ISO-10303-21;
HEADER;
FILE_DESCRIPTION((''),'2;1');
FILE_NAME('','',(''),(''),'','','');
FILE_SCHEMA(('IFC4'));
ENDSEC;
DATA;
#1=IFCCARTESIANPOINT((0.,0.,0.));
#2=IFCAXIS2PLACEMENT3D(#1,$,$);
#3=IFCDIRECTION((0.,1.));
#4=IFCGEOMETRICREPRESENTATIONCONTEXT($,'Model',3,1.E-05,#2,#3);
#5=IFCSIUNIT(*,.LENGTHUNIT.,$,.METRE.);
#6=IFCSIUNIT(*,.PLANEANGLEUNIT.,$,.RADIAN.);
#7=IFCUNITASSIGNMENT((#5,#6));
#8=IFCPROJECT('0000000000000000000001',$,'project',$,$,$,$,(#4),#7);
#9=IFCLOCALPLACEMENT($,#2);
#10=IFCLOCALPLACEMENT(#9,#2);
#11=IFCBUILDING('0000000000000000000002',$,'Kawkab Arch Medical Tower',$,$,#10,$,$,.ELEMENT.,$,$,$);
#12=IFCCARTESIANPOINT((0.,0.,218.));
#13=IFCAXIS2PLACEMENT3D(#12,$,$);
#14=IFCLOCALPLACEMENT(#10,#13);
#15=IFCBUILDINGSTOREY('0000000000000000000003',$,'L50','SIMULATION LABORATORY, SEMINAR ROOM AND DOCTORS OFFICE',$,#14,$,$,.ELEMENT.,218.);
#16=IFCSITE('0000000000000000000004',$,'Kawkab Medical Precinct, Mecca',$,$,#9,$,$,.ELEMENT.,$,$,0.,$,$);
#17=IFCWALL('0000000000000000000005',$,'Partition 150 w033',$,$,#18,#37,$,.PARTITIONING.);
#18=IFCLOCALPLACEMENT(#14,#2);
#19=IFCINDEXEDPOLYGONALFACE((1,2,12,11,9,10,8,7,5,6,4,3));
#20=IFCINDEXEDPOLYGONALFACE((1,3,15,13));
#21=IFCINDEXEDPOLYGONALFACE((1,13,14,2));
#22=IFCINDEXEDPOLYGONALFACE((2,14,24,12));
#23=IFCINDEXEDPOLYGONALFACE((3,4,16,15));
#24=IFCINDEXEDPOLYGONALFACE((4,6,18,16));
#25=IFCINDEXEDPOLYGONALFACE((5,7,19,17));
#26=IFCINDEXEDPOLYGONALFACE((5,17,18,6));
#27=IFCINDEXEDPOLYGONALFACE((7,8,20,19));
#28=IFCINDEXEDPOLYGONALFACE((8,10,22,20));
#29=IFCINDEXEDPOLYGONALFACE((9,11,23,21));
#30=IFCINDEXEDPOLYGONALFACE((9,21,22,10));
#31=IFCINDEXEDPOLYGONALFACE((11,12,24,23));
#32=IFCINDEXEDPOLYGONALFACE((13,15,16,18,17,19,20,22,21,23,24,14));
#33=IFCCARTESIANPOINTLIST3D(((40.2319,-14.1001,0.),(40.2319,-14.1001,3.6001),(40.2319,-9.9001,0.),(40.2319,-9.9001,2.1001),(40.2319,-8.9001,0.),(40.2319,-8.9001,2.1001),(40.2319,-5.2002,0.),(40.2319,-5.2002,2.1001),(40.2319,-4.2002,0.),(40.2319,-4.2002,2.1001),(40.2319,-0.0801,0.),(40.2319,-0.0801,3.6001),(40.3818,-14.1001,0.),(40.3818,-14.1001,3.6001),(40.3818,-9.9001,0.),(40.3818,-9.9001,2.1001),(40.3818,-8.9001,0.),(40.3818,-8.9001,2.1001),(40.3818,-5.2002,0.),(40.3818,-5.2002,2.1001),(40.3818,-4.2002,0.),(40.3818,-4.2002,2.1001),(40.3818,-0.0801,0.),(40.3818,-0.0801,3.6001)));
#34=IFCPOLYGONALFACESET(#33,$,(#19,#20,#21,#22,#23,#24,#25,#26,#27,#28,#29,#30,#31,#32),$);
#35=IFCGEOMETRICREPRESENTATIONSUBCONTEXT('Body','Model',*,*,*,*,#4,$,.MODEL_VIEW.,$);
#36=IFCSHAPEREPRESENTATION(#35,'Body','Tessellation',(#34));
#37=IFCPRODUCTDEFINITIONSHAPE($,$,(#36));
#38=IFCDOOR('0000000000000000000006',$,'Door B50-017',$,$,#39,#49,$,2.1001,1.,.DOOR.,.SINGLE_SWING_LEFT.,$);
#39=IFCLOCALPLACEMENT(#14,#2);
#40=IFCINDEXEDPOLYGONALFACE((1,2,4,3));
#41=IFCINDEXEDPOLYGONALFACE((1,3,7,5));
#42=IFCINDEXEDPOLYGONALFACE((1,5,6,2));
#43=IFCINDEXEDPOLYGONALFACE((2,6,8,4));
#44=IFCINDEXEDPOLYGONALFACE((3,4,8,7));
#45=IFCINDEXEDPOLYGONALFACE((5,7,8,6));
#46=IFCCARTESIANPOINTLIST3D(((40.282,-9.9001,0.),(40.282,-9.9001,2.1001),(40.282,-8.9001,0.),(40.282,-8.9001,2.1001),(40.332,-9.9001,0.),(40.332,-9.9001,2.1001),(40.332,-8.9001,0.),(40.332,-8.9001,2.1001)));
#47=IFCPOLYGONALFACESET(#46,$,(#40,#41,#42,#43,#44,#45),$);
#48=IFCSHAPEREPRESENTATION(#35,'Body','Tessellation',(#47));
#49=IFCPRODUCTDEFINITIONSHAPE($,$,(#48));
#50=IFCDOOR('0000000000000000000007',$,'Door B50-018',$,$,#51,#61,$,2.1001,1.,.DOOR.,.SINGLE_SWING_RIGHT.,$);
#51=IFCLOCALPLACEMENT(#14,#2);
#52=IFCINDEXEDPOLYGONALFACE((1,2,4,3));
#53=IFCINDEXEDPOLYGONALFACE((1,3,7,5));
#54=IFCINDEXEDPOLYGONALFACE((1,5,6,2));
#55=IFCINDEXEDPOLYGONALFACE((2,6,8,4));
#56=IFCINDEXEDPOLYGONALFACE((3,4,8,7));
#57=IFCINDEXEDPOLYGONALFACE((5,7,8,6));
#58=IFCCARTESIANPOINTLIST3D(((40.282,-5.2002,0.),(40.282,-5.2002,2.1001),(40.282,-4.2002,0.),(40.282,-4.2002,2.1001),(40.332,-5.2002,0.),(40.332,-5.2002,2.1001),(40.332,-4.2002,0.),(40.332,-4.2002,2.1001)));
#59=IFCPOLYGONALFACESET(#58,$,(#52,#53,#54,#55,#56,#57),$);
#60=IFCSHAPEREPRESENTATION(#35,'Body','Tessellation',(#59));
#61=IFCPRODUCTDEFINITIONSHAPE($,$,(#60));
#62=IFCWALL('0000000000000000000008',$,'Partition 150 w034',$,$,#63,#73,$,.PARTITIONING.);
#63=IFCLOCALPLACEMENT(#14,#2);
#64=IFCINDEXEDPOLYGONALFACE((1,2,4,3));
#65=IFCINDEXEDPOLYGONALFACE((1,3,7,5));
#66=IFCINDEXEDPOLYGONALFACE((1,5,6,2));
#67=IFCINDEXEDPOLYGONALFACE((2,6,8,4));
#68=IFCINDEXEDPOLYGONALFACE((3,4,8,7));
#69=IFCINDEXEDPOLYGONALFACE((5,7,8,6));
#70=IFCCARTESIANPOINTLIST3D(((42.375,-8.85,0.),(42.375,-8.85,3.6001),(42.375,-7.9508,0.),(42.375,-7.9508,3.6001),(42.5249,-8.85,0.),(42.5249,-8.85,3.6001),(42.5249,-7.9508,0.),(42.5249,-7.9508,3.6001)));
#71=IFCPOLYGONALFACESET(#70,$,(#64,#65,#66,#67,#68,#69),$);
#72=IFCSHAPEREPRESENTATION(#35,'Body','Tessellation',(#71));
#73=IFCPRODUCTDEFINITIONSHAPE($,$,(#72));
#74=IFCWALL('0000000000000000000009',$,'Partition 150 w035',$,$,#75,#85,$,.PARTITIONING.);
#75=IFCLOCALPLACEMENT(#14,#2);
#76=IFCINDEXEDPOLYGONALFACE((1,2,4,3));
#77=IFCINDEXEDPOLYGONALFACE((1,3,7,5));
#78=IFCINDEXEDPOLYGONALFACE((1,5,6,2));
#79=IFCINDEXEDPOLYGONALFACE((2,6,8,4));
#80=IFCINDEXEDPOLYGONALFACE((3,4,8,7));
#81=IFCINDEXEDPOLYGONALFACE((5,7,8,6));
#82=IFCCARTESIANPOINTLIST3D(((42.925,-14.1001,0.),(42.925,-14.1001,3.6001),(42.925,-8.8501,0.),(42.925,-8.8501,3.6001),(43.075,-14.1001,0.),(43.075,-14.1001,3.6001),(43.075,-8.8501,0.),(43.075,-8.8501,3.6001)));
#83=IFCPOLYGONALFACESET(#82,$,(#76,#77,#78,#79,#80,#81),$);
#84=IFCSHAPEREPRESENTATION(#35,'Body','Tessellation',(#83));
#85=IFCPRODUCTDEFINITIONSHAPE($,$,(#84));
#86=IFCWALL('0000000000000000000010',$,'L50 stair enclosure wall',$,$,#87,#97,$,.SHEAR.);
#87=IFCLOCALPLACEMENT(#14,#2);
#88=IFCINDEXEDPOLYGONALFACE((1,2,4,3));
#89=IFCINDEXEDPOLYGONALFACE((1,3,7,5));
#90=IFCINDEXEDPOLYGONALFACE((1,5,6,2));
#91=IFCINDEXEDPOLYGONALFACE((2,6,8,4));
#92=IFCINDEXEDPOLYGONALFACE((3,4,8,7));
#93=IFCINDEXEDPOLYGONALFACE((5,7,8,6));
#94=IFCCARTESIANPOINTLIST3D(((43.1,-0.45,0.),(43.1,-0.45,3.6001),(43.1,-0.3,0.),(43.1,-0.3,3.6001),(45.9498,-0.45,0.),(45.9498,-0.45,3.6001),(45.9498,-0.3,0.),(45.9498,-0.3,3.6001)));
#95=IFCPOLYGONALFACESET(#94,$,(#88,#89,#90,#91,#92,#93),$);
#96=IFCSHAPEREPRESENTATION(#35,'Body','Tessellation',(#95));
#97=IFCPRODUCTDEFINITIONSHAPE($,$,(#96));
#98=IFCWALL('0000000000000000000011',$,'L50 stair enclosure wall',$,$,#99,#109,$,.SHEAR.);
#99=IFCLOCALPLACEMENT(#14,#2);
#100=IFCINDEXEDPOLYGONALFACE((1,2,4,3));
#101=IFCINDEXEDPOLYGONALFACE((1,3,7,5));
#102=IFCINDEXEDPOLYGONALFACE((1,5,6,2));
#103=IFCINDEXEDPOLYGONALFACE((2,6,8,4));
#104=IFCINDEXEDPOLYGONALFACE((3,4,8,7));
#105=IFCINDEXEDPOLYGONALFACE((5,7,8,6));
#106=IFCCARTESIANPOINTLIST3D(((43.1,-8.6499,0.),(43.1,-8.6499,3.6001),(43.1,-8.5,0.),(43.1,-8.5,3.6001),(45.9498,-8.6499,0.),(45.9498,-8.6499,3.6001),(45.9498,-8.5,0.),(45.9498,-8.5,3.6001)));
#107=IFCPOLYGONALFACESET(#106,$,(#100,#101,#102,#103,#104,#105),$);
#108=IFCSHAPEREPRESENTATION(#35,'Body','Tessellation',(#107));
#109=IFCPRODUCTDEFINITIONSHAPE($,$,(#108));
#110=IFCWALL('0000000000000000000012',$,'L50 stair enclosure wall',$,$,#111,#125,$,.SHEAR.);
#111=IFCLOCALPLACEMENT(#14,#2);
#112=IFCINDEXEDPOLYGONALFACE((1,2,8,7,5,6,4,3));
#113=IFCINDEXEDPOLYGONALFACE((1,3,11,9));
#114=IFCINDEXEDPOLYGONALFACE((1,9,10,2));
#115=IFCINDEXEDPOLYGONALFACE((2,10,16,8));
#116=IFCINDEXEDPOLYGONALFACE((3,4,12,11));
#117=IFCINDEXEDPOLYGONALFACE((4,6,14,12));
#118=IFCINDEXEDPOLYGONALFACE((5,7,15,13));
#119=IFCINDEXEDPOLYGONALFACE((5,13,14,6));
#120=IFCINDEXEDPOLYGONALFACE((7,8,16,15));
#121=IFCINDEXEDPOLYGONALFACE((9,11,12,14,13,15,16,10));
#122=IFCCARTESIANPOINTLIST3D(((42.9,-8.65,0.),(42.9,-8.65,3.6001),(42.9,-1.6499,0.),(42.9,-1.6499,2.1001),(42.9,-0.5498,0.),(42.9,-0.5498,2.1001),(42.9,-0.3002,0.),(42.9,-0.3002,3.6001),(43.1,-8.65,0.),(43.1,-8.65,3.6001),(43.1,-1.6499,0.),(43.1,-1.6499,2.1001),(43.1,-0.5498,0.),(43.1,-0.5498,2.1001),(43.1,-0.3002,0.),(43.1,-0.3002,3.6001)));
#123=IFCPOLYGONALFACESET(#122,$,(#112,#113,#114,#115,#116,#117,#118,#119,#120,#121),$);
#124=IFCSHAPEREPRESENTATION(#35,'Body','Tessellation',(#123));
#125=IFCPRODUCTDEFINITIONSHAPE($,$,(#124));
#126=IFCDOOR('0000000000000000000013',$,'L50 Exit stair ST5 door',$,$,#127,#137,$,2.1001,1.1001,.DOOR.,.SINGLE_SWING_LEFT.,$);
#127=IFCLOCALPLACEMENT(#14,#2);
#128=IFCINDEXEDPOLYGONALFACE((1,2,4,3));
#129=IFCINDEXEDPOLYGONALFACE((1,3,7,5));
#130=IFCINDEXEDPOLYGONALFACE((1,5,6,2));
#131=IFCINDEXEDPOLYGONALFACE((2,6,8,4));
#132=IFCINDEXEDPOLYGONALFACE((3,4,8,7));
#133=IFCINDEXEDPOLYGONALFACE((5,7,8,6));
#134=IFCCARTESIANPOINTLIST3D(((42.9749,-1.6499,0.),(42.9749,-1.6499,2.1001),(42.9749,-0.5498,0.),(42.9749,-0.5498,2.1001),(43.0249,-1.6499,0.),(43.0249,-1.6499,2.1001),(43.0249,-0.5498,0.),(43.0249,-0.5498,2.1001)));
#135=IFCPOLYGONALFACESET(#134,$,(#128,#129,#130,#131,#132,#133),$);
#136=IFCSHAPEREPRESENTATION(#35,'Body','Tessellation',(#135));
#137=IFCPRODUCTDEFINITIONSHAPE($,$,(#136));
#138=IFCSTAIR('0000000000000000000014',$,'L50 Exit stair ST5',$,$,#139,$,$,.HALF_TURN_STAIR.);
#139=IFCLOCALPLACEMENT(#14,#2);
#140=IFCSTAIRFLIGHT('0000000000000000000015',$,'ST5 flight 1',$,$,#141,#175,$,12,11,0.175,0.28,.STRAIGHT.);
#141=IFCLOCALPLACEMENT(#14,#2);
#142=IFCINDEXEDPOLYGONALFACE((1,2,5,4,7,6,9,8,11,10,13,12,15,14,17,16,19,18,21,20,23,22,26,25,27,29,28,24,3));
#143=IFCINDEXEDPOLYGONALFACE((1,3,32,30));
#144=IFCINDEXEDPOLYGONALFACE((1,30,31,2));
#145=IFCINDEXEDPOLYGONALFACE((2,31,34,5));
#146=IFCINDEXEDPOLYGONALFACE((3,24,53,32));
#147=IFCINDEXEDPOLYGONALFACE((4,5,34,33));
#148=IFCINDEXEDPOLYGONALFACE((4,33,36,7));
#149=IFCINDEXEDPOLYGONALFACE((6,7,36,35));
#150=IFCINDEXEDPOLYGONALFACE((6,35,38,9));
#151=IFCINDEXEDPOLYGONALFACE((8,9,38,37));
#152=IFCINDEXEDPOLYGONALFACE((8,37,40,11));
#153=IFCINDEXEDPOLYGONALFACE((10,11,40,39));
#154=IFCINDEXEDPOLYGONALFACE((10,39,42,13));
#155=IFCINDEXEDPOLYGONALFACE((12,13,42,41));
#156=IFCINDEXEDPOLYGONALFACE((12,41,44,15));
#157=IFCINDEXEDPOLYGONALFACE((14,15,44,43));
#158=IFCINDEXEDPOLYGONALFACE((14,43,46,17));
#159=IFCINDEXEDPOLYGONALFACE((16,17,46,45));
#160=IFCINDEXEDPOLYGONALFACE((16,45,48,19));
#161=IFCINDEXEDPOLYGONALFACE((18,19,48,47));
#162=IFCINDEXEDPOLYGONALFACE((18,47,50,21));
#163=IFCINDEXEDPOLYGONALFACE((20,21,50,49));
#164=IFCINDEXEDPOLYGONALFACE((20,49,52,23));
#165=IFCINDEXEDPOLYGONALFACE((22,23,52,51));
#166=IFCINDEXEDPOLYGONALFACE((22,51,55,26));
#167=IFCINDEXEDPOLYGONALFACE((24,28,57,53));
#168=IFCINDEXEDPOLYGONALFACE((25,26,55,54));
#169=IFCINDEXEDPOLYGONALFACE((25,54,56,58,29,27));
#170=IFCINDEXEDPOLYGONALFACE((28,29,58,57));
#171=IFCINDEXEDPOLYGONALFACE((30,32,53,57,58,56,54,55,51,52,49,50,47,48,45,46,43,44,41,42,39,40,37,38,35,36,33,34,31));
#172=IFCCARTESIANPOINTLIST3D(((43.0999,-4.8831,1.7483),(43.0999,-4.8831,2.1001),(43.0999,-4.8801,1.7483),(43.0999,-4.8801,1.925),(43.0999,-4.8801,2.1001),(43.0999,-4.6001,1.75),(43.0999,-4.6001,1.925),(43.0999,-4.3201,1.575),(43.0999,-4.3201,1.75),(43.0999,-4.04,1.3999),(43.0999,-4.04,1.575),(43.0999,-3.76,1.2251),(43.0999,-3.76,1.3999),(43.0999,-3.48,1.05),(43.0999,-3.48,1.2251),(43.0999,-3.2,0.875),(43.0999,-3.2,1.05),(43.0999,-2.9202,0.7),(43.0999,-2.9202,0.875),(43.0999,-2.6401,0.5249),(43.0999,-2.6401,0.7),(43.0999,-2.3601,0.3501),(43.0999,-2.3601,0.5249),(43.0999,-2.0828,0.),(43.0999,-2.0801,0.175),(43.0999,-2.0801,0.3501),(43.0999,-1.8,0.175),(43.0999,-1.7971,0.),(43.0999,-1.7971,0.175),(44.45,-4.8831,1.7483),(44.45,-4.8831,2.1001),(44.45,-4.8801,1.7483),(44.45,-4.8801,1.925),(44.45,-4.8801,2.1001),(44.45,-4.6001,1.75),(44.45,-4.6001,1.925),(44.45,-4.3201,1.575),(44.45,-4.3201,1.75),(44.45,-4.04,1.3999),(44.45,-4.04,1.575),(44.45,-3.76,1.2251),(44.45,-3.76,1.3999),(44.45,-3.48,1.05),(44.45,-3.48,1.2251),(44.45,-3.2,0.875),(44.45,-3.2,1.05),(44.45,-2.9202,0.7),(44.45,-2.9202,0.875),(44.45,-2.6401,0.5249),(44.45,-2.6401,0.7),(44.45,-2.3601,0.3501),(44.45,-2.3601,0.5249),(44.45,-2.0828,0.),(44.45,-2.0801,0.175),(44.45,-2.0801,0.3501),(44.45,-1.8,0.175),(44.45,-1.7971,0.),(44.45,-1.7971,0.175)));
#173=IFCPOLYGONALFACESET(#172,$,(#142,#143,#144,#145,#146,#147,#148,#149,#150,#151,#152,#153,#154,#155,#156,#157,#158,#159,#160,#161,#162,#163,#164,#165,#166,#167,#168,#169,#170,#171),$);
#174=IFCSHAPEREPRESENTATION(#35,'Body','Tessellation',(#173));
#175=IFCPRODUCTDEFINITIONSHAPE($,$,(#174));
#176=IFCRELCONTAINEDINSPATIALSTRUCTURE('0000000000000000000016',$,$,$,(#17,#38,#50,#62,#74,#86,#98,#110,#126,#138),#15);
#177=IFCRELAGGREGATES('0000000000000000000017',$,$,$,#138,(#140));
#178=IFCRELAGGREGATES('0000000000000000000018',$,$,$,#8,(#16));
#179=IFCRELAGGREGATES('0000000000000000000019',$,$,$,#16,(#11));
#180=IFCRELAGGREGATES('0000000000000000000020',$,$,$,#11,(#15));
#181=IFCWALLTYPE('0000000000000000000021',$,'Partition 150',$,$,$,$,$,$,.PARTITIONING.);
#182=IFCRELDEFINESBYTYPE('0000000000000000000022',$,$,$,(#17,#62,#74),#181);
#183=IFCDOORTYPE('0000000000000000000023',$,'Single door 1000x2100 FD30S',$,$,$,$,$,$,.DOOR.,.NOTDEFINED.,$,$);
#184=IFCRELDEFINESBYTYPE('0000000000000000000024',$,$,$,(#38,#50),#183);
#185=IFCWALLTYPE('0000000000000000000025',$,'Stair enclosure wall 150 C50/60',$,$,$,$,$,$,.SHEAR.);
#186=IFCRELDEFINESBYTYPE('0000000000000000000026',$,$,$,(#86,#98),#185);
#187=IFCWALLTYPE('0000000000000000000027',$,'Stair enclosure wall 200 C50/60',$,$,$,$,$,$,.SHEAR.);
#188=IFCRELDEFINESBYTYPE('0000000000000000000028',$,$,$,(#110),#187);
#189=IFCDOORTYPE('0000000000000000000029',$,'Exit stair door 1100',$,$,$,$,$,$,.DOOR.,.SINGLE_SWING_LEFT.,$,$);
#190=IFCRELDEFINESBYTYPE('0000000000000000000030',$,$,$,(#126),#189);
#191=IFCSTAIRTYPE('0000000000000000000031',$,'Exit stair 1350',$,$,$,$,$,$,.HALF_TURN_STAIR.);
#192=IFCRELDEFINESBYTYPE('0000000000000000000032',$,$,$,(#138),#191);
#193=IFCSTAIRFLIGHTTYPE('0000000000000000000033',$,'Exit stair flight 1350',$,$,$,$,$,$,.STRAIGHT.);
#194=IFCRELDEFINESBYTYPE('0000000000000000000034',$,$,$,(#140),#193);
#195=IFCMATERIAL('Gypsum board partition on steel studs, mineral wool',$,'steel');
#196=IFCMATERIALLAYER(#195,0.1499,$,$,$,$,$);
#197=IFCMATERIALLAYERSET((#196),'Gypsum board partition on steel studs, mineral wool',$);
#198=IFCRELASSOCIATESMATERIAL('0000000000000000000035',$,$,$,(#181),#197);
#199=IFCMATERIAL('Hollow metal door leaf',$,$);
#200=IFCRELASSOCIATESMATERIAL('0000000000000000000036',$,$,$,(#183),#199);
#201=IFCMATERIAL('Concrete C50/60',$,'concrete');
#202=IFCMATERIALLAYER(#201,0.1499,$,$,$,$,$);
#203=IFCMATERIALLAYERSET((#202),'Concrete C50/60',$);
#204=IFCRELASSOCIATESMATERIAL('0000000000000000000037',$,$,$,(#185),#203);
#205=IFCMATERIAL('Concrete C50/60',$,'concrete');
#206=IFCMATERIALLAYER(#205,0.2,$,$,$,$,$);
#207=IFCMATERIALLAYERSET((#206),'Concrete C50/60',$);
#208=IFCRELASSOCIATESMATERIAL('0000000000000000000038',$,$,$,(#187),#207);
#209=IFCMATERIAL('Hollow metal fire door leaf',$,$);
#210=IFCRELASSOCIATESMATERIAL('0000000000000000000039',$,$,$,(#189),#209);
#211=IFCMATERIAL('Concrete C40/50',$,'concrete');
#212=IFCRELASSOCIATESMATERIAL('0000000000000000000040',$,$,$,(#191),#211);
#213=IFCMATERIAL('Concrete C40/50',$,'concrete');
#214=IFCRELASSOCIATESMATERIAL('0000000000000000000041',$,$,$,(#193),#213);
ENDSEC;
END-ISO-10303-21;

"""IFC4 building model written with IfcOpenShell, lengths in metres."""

from ifc_helpers import new_model, si_unit, direction, frame, frame_2d, origin, place, context, subcontext, project, spatial, polyline, rectangle, outline, extrude, material, layer, layer_set, type_object, element, fill, aggregate, save


model = new_model("IFC4")

# Units and contexts
model_context = context("Model", 3, precision=1e-05, world=origin(), true_north=direction((0.0, 1.0)))
body_context = subcontext(model_context, "Body", "Model", "MODEL_VIEW")
ifc_project = project(units=[si_unit("LENGTHUNIT", "METRE"), si_unit("PLANEANGLEUNIT", "RADIAN")], contexts=[model_context])

# Site, building, storey
site_placement = place(None, origin())
site = spatial("IfcSite", under=ifc_project, at=site_placement, Name="Kawkab Medical Precinct, Mecca", CompositionType="ELEMENT", RefElevation=0.0)
building_placement = place(site_placement, origin())
building = spatial("IfcBuilding", under=site, at=building_placement, Name="Kawkab Arch Medical Tower", CompositionType="ELEMENT")
storey_placement = place(building_placement, frame((0.0, 0.0, 218.0)))
storey = spatial("IfcBuildingStorey", under=building, at=storey_placement, Name="L50", Description="SIMULATION LABORATORY, SEMINAR ROOM AND DOCTORS OFFICE", CompositionType="ELEMENT", Elevation=218.0)

# Shared definitions
placement = place(storey_placement, origin())

# Shared definitions
ifc_material_1 = material(Name="Gypsum board partition on steel studs, mineral wool", Category="steel")
ifc_layer_1 = layer(ifc_material_1, 0.1499)
ifc_layer_set_1 = layer_set([ifc_layer_1], Name="Gypsum board partition on steel studs, mineral wool")
wall_type_1 = type_object("IfcWallType", Name="Partition 150", PredefinedType="PARTITIONING", material=ifc_layer_set_1)
ifc_material_2 = material(Name="Hollow metal door leaf")
door_type_1 = type_object("IfcDoorType", Name="Single door 1000x2100 FD30S", OperationType="NOTDEFINED", PredefinedType="DOOR", material=ifc_material_2)

# Wall, openings, doors
wall_1_placement = place(storey_placement, frame((40.3069, -14.1001, 0.0), z_axis=(0.0, 0.0, 1.0), x_axis=(0.0, 1.0, 0.0)))
wall_1 = element("IfcWall", 1, at=wall_1_placement, inside=storey, type_object=wall_type_1, Name="Partition 150 w033", PredefinedType="PARTITIONING", context=body_context, shape_type="SweptSolid", body=[
    extrude(rectangle(XDim=14.02, YDim=0.1499, at=frame_2d((7.01, 0.0))), origin(), (0.0, 0.0, 1.0), 3.6001),
])
opening_1_placement = place(wall_1_placement, frame((4.2, 0.0, 0.0)))
opening_1 = element("IfcOpeningElement", 2, at=opening_1_placement, cuts=wall_1, PredefinedType="OPENING", context=body_context, shape_type="SweptSolid", body=[
    extrude(rectangle(XDim=1.0, YDim=2.1001, at=frame_2d((0.5, 1.05))), frame((0.0, 0.085, 0.0), z_axis=(0.0, -1.0, 0.0), x_axis=(1.0, 0.0, 0.0)), (0.0, 0.0, 1.0), 0.1699),
])
opening_2_placement = place(wall_1_placement, frame((8.8999, 0.0, 0.0)))
opening_2 = element("IfcOpeningElement", 3, at=opening_2_placement, cuts=wall_1, PredefinedType="OPENING", context=body_context, shape_type="SweptSolid", body=[
    extrude(rectangle(XDim=1.0, YDim=2.1001, at=frame_2d((0.5, 1.05))), frame((0.0, 0.085, 0.0), z_axis=(0.0, -1.0, 0.0), x_axis=(1.0, 0.0, 0.0)), (0.0, 0.0, 1.0), 0.1699),
])
door_1_placement = place(opening_1_placement, origin())
door_1 = element("IfcDoor", 4, at=door_1_placement, inside=storey, type_object=door_type_1, Name="Door B50-017", OperationType="SINGLE_SWING_LEFT", OverallHeight=2.1001, OverallWidth=1.0, PredefinedType="DOOR", context=body_context, shape_type="SweptSolid", body=[
    extrude(rectangle(XDim=1.0, YDim=2.1001, at=frame_2d((0.5, 1.05))), frame((0.0, 0.0249, 0.0), z_axis=(0.0, -1.0, 0.0), x_axis=(1.0, 0.0, 0.0)), (0.0, 0.0, 1.0), 0.05),
])
fill(opening_1, door_1)
door_2_placement = place(opening_2_placement, origin())
door_2 = element("IfcDoor", 5, at=door_2_placement, inside=storey, type_object=door_type_1, Name="Door B50-018", OperationType="SINGLE_SWING_RIGHT", OverallHeight=2.1001, OverallWidth=1.0, PredefinedType="DOOR", context=body_context, shape_type="SweptSolid", body=[
    extrude(rectangle(XDim=1.0, YDim=2.1001, at=frame_2d((0.5, 1.05))), frame((0.0, 0.0249, 0.0), z_axis=(0.0, -1.0, 0.0), x_axis=(1.0, 0.0, 0.0)), (0.0, 0.0, 1.0), 0.05),
])
fill(opening_2, door_2)

# Walls
wall_2_placement = place(storey_placement, frame((42.45, -8.8501, 0.0), z_axis=(0.0, 0.0, 1.0), x_axis=(0.0, 1.0, 0.0)))
element("IfcWall", 6, at=wall_2_placement, inside=storey, type_object=wall_type_1, Name="Partition 150 w034", PredefinedType="PARTITIONING", context=body_context, shape_type="SweptSolid", body=[
    extrude(rectangle(XDim=0.8992, YDim=0.1499, at=frame_2d((0.4497, 0.0))), origin(), (0.0, 0.0, 1.0), 3.6001),
])
wall_3_placement = place(storey_placement, frame((43.0, -14.1001, 0.0), z_axis=(0.0, 0.0, 1.0), x_axis=(0.0, 1.0, 0.0)))
element("IfcWall", 7, at=wall_3_placement, inside=storey, type_object=wall_type_1, Name="Partition 150 w035", PredefinedType="PARTITIONING", context=body_context, shape_type="SweptSolid", body=[
    extrude(rectangle(XDim=5.25, YDim=0.1499, at=frame_2d((2.625, 0.0))), origin(), (0.0, 0.0, 1.0), 3.6001),
])
ifc_material_3 = material(Name="Concrete C50/60", Category="concrete")
ifc_layer_2 = layer(ifc_material_3, 0.1499)
ifc_layer_set_2 = layer_set([ifc_layer_2], Name="Concrete C50/60")
wall_type_2 = type_object("IfcWallType", Name="Stair enclosure wall 150 C50/60", PredefinedType="SHEAR", material=ifc_layer_set_2)
for number, where, z_axis, x_axis, name in (
    (8, (43.1001, -0.375, 0.0), (0.0, 0.0, 1.0), (1.0, 0.0, 0.0), "L50 stair enclosure wall"),
    (9, (43.1001, -8.575, 0.0), (0.0, 0.0, 1.0), (1.0, 0.0, 0.0), "L50 stair enclosure wall"),
):
    element("IfcWall", number, at=place(storey_placement, frame(where, z_axis=z_axis, x_axis=x_axis)), inside=storey, type_object=wall_type_2, Name=name, PredefinedType="SHEAR", context=body_context, shape_type="SweptSolid", body=[
        extrude(rectangle(XDim=2.8499, YDim=0.1499, at=frame_2d((1.4248, 0.0))), origin(), (0.0, 0.0, 1.0), 3.6001),
    ])

# Wall, opening, door
ifc_material_4 = material(Name="Concrete C50/60", Category="concrete")
ifc_layer_3 = layer(ifc_material_4, 0.2)
ifc_layer_set_3 = layer_set([ifc_layer_3], Name="Concrete C50/60")
wall_type_3 = type_object("IfcWallType", Name="Stair enclosure wall 200 C50/60", PredefinedType="SHEAR", material=ifc_layer_set_3)
wall_4_placement = place(storey_placement, frame((43.0, -8.6499, 0.0), z_axis=(0.0, 0.0, 1.0), x_axis=(0.0, 1.0, 0.0)))
wall_4 = element("IfcWall", 10, at=wall_4_placement, inside=storey, type_object=wall_type_3, Name="L50 stair enclosure wall", PredefinedType="SHEAR", context=body_context, shape_type="SweptSolid", body=[
    extrude(rectangle(XDim=8.3499, YDim=0.2, at=frame_2d((4.1748, 0.0))), origin(), (0.0, 0.0, 1.0), 3.6001),
])
opening_3_placement = place(wall_4_placement, frame((7.0, 0.0, 0.0)))
opening_3 = element("IfcOpeningElement", 11, at=opening_3_placement, cuts=wall_4, PredefinedType="OPENING", context=body_context, shape_type="SweptSolid", body=[
    extrude(rectangle(XDim=1.1001, YDim=2.1001, at=frame_2d((0.55, 1.05))), frame((0.0, 0.1099, 0.0), z_axis=(0.0, -1.0, 0.0), x_axis=(1.0, 0.0, 0.0)), (0.0, 0.0, 1.0), 0.22),
])
ifc_material_5 = material(Name="Hollow metal fire door leaf")
door_type_2 = type_object("IfcDoorType", Name="Exit stair door 1100", OperationType="SINGLE_SWING_LEFT", PredefinedType="DOOR", material=ifc_material_5)
door_3_placement = place(opening_3_placement, frame((1.1001, 0.0, 0.0), z_axis=(0.0, 0.0, 1.0), x_axis=(-1.0, 0.0, 0.0)))
door_3 = element("IfcDoor", 12, at=door_3_placement, inside=storey, type_object=door_type_2, Name="L50 Exit stair ST5 door", OperationType="SINGLE_SWING_LEFT", OverallHeight=2.1001, OverallWidth=1.1001, PredefinedType="DOOR", context=body_context, shape_type="SweptSolid", body=[
    extrude(rectangle(XDim=1.1001, YDim=2.1001, at=frame_2d((0.55, 1.05))), frame((0.0, 0.0249, 0.0), z_axis=(0.0, -1.0, 0.0), x_axis=(1.0, 0.0, 0.0)), (0.0, 0.0, 1.0), 0.05),
])
fill(opening_3, door_3)

# Stair, stair flight
ifc_material_6 = material(Name="Concrete C40/50", Category="concrete")
stair_type = type_object("IfcStairType", Name="Exit stair 1350", PredefinedType="HALF_TURN_STAIR", material=ifc_material_6)
stair = element("IfcStair", 13, at=placement, inside=storey, type_object=stair_type, Name="L50 Exit stair ST5", PredefinedType="HALF_TURN_STAIR")
ifc_material_7 = material(Name="Concrete C40/50", Category="concrete")
stair_flight_type = type_object("IfcStairFlightType", Name="Exit stair flight 1350", PredefinedType="STRAIGHT", material=ifc_material_7)
stair_flight_placement = place(storey_placement, frame((43.7749, -1.8, 0.0), z_axis=(0.0, 0.0, 1.0), x_axis=(0.0, -1.0, 0.0)))
stair_flight = element("IfcStairFlight", 14, at=stair_flight_placement, type_object=stair_flight_type, Name="ST5 flight 1", NumberOfRisers=12, NumberOfTreads=11, PredefinedType="STRAIGHT", RiserHeight=0.175, TreadLength=0.28, context=body_context, shape_type="SweptSolid", body=[
    extrude(outline(polyline([(-0.0029, 0.0), (-0.0029, 0.175), (0.0, 0.175), (0.28, 0.175), (0.28, 0.3501), (0.5601, 0.3501), (0.5601, 0.5249), (0.8401, 0.5249), (0.8401, 0.7), (1.1201, 0.7), (1.1201, 0.875), (1.3999, 0.875), (1.3999, 1.05), (1.6799, 1.05), (1.6799, 1.2251), (1.96, 1.2251), (1.96, 1.3999), (2.24, 1.3999), (2.24, 1.575), (2.52, 1.575), (2.52, 1.75), (2.8, 1.75), (2.8, 1.925), (3.0801, 1.925), (3.0801, 2.1001), (3.083, 2.1001), (3.083, 1.7483), (3.0801, 1.7483), (0.2827, 0.0), (-0.0029, 0.0)])), frame((0.0, 0.675, 0.0), z_axis=(0.0, -1.0, 0.0), x_axis=(1.0, 0.0, 0.0)), (0.0, 0.0, 1.0), 1.3501),
])
aggregate(stair, [stair_flight])

save(model, "model.ifc")
